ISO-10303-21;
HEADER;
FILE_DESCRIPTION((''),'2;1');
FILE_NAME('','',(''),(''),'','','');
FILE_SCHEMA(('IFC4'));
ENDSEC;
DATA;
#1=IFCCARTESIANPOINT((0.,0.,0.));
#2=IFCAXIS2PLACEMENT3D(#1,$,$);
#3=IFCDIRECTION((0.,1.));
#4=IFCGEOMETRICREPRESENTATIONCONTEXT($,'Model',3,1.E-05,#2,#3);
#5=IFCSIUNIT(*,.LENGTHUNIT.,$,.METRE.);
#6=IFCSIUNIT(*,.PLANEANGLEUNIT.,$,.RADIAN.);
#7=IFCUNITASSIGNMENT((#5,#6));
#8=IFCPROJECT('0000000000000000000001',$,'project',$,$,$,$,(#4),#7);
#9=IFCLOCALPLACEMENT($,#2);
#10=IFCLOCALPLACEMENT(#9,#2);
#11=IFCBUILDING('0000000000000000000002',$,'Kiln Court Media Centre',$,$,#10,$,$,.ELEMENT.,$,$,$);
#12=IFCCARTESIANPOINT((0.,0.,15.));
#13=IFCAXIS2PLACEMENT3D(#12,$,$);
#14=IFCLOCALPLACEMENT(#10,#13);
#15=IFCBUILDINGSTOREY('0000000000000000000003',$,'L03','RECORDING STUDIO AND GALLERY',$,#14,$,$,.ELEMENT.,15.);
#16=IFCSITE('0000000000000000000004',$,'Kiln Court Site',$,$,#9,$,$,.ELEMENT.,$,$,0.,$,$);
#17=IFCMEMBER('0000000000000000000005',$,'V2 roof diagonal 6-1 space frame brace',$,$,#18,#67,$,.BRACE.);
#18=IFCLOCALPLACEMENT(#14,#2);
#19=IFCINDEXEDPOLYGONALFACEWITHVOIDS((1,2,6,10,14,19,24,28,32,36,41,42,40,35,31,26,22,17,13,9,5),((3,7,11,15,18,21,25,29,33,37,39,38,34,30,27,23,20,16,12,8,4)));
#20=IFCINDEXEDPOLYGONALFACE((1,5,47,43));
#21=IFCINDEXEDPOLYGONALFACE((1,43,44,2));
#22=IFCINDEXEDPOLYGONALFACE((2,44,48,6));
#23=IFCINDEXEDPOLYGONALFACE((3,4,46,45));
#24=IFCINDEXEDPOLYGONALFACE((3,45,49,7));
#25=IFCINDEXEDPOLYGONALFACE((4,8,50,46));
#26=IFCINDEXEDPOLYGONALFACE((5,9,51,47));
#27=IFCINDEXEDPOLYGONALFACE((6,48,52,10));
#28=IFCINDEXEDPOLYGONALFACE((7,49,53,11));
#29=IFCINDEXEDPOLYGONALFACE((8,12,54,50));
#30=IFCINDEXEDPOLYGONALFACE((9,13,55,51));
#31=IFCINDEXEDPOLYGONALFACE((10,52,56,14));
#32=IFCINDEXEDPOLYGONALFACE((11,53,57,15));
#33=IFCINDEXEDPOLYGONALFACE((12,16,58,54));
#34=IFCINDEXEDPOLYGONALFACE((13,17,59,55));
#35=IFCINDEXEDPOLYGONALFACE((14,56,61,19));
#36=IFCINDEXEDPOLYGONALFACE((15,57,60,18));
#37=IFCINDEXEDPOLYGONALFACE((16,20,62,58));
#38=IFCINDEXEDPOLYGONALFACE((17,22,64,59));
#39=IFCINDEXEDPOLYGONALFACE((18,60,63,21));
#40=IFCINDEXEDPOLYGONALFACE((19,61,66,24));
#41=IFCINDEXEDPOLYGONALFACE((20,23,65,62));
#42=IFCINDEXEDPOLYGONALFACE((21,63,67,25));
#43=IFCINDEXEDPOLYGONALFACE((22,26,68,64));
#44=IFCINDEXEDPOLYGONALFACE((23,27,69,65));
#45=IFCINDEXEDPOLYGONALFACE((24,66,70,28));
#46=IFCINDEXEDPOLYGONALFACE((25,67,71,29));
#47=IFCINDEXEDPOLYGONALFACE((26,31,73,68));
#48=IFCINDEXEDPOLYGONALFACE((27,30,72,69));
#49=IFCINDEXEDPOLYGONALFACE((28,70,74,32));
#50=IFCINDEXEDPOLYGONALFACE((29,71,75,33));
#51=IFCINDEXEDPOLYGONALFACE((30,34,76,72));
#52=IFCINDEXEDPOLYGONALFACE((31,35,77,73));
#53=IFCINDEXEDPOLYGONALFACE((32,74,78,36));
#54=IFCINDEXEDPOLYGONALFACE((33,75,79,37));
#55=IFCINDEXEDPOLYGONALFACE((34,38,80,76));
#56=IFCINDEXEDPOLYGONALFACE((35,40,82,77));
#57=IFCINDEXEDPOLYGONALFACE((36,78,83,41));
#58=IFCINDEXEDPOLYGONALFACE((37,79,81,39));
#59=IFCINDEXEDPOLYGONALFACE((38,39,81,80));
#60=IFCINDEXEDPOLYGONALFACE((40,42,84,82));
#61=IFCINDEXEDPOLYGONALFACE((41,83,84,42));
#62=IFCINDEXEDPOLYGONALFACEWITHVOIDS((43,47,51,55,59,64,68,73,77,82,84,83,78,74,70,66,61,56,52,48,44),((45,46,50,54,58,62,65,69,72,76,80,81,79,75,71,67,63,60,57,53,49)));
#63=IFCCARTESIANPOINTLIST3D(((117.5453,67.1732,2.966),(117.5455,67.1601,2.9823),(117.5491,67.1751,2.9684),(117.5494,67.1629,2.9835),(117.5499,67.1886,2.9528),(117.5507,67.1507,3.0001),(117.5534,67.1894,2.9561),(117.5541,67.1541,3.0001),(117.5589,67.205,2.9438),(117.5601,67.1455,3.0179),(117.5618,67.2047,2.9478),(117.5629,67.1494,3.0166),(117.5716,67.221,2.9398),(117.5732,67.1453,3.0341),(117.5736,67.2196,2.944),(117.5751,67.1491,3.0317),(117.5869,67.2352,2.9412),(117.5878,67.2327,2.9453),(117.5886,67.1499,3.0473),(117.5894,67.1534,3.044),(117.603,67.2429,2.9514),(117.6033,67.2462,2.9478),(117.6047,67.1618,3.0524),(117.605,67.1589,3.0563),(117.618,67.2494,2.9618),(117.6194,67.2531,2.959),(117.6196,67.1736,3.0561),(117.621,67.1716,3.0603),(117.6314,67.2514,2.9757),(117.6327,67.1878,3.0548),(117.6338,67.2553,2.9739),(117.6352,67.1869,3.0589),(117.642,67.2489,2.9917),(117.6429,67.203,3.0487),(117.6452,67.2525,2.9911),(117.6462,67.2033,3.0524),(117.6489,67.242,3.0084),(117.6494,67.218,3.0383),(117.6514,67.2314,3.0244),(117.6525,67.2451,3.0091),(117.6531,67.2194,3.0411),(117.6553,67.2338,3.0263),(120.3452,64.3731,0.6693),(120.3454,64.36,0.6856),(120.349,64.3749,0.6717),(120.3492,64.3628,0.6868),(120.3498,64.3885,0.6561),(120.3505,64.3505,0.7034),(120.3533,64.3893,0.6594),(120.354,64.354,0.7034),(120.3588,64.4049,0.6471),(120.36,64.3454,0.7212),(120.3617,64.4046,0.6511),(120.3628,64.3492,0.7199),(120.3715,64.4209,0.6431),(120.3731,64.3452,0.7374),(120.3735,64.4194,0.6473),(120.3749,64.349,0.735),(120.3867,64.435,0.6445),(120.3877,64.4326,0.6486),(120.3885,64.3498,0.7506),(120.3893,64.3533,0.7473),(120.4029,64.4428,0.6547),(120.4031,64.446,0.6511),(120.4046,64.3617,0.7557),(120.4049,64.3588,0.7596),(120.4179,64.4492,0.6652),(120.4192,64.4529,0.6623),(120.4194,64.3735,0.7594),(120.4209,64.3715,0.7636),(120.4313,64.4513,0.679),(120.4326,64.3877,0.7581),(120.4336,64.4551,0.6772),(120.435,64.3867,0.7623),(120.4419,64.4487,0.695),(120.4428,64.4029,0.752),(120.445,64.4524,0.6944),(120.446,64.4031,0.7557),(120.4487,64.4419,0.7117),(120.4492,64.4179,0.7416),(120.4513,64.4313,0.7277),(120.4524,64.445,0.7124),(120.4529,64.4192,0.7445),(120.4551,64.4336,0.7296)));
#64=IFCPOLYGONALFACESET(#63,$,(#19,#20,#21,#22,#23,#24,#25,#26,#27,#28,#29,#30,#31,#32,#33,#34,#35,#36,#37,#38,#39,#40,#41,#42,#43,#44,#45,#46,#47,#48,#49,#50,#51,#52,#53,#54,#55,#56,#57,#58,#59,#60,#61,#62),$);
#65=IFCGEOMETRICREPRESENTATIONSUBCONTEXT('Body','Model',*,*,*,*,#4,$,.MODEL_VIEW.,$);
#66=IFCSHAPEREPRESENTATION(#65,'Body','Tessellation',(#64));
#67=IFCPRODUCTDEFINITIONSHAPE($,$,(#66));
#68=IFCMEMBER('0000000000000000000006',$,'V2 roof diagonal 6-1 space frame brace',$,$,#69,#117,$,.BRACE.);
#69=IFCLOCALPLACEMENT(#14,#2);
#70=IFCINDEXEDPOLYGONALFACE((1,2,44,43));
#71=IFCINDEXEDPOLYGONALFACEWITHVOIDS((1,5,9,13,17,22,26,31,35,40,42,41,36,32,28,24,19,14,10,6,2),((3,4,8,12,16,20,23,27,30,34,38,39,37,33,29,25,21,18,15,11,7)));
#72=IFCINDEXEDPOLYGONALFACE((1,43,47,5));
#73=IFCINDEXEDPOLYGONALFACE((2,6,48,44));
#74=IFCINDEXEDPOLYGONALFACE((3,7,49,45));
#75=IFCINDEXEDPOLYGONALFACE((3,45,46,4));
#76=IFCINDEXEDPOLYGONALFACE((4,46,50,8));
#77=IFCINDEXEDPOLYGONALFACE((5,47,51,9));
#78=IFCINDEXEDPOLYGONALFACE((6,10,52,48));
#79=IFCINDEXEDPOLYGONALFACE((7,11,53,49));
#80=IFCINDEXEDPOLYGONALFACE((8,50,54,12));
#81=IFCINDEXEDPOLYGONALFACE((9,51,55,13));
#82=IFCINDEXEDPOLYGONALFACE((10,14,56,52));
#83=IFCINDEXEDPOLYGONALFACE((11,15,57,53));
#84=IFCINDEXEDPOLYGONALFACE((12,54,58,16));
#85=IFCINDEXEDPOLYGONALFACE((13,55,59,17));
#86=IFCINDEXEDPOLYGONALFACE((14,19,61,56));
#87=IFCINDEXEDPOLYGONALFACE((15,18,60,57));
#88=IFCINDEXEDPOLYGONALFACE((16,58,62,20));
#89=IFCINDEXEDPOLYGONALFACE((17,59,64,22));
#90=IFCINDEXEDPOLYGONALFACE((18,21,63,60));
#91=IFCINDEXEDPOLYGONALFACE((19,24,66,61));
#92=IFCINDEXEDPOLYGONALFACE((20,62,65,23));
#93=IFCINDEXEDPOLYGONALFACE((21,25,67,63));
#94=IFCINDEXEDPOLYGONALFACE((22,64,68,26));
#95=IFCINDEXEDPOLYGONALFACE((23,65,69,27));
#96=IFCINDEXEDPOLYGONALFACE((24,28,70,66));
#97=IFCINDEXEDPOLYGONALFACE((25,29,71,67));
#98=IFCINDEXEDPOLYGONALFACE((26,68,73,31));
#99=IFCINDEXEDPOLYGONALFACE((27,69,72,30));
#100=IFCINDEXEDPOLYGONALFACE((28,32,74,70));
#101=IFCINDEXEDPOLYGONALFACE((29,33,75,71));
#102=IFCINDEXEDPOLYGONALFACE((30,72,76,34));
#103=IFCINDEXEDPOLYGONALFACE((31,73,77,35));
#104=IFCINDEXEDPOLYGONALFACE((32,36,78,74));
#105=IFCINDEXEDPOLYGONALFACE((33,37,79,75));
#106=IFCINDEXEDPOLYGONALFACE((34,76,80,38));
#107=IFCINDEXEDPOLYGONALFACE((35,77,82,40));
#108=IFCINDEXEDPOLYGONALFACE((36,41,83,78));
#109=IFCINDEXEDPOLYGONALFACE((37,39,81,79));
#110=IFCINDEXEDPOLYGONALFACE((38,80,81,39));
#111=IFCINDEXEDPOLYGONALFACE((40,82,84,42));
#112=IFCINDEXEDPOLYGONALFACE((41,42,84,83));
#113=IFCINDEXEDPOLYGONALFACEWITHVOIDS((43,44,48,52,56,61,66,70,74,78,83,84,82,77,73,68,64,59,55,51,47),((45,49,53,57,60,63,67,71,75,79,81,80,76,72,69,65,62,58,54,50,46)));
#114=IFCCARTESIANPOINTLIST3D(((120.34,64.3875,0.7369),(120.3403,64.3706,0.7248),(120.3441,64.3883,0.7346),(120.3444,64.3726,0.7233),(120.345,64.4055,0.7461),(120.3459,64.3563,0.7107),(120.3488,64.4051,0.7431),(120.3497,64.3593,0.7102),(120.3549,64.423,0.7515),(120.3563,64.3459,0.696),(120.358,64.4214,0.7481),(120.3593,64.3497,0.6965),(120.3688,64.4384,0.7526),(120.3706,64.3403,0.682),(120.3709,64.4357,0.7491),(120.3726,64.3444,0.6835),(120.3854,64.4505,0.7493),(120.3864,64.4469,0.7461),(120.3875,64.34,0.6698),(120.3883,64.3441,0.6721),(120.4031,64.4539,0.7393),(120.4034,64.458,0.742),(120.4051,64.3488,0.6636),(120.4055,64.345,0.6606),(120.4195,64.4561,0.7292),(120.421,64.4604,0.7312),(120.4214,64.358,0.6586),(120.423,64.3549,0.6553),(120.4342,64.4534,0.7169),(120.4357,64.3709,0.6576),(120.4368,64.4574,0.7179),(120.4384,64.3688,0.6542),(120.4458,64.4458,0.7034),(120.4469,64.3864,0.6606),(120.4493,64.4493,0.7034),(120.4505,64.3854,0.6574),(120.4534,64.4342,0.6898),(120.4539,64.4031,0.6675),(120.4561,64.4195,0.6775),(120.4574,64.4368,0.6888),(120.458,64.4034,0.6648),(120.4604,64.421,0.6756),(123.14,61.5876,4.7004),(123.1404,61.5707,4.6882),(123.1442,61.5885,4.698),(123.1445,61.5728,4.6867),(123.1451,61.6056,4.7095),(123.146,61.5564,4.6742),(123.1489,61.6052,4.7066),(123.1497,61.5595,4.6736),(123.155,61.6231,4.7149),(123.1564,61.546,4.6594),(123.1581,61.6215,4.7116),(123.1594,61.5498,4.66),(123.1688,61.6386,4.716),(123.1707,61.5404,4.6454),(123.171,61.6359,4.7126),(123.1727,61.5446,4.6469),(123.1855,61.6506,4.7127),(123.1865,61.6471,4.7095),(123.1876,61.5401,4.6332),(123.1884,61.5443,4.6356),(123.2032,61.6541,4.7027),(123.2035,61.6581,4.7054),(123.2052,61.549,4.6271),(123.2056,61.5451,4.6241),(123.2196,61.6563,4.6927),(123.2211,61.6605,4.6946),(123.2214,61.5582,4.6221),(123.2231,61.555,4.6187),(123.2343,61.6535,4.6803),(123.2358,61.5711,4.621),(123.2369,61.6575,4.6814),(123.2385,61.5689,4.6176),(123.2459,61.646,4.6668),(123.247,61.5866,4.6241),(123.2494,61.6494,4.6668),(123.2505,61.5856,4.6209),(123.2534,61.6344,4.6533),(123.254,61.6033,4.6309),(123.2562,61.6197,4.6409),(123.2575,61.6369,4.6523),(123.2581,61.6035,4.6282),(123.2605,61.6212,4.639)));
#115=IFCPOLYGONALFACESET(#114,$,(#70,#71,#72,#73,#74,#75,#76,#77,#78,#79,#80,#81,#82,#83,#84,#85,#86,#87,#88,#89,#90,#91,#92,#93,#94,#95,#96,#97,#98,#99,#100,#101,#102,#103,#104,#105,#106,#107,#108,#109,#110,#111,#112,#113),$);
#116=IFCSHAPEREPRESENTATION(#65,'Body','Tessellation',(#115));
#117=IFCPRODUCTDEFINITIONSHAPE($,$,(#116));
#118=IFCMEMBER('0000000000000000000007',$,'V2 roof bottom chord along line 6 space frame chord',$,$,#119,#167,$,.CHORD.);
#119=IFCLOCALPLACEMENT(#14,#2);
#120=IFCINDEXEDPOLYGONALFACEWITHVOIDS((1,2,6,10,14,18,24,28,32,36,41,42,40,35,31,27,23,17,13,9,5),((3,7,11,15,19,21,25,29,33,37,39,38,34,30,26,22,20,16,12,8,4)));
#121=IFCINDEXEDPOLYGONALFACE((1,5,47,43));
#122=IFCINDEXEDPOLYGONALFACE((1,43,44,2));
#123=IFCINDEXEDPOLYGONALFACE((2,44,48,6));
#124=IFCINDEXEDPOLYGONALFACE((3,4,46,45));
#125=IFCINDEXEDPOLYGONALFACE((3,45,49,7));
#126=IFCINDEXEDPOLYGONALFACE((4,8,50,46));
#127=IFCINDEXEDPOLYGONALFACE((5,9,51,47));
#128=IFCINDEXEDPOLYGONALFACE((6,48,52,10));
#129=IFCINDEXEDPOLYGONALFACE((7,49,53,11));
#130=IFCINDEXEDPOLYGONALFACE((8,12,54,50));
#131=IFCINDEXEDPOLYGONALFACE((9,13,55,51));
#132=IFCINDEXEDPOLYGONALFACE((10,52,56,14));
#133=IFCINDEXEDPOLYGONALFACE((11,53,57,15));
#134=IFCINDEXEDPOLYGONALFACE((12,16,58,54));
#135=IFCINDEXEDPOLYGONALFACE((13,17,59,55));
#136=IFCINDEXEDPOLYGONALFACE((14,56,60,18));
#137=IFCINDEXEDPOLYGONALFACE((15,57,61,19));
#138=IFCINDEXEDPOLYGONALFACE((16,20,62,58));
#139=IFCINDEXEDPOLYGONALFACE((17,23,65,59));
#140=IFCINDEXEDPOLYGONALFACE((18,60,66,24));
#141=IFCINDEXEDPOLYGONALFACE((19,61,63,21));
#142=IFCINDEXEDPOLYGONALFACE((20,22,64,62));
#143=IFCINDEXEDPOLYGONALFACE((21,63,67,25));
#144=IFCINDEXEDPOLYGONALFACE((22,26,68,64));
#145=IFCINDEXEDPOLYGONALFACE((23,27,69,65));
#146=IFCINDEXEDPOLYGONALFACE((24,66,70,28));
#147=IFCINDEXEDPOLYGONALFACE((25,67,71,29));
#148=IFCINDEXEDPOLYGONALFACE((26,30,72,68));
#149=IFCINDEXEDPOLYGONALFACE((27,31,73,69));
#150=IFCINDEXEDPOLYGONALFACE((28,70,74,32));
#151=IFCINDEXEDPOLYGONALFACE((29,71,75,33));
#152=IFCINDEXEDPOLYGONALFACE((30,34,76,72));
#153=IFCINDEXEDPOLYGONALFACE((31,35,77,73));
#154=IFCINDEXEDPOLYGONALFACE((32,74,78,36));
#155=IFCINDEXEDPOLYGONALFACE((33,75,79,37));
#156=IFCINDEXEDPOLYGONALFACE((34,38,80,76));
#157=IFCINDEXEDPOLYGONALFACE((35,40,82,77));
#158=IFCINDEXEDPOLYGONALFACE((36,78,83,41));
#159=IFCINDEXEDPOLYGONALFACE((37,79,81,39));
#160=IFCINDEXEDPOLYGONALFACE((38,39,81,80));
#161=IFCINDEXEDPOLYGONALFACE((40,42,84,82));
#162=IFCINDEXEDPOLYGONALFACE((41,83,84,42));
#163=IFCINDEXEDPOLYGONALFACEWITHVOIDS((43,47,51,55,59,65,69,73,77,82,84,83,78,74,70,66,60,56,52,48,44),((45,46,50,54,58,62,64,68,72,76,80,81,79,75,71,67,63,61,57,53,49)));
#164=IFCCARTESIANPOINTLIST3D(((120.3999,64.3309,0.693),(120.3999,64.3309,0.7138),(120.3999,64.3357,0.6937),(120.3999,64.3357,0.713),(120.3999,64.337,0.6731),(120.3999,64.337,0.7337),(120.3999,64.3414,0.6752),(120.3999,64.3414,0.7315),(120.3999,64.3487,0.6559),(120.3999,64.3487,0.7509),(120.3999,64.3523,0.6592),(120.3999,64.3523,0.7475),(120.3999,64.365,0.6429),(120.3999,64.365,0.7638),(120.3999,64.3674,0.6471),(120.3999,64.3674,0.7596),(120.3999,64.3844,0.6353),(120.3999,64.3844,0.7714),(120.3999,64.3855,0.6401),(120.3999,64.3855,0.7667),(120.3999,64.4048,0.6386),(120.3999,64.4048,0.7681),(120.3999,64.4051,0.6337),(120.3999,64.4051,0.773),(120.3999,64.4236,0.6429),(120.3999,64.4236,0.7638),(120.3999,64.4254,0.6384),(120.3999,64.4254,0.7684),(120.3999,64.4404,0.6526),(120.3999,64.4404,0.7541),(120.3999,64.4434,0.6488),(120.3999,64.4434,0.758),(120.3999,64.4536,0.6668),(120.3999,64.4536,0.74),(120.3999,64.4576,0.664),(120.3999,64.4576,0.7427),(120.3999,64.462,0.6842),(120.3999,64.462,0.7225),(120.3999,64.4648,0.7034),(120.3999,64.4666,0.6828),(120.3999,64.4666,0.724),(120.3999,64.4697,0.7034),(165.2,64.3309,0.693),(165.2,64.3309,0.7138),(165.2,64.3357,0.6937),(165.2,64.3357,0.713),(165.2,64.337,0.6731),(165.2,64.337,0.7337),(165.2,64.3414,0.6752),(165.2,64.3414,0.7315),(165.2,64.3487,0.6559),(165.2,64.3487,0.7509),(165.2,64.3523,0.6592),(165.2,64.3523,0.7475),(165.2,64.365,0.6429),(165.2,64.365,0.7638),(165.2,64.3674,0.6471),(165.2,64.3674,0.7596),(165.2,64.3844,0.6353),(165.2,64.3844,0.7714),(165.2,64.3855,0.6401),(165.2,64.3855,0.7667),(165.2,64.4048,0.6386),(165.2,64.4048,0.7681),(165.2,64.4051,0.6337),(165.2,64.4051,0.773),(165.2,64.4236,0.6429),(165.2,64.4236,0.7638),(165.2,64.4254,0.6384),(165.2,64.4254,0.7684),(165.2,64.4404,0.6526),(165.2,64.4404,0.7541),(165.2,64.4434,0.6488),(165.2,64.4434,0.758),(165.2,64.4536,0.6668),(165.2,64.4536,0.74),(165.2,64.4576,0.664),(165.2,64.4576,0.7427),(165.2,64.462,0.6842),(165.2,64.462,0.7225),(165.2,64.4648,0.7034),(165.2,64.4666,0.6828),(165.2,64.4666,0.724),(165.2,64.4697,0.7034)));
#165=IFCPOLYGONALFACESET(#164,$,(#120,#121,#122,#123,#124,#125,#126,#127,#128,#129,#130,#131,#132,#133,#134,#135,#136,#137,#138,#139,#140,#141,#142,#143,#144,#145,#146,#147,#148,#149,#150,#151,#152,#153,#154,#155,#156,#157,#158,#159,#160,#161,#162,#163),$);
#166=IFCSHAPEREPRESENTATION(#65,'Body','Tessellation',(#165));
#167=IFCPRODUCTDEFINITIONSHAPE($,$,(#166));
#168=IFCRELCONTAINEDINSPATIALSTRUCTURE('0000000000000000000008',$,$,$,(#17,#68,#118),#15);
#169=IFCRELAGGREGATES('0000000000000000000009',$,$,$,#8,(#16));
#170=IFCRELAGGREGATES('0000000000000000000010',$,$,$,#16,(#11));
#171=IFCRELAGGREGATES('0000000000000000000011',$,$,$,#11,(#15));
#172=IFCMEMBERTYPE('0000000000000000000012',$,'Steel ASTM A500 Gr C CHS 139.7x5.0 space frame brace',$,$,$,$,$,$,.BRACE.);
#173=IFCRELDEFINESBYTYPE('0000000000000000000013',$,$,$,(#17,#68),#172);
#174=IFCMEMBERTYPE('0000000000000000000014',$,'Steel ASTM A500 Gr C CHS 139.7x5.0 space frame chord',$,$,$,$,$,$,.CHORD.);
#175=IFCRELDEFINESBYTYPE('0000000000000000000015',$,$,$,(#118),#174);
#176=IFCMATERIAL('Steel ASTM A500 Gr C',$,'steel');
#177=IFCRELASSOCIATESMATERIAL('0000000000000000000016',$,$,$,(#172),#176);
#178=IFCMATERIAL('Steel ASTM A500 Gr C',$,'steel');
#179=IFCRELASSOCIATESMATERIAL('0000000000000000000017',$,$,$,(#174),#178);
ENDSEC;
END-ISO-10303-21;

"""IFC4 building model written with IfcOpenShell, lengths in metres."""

from ifc_helpers import new_model, si_unit, direction, frame, origin, origin_2d, place, context, subcontext, project, spatial, hollow_circle, extrude, material, material_profile, profile_set, type_object, element, save


model = new_model("IFC4")

# Units and contexts
model_context = context("Model", 3, precision=1e-05, world=origin(), true_north=direction((0.0, 1.0)))
body_context = subcontext(model_context, "Body", "Model", "MODEL_VIEW")
ifc_project = project(units=[si_unit("LENGTHUNIT", "METRE"), si_unit("PLANEANGLEUNIT", "RADIAN")], contexts=[model_context])

# Site, building, storey
site_placement = place(None, origin())
site = spatial("IfcSite", under=ifc_project, at=site_placement, Name="Kiln Court Site", CompositionType="ELEMENT", RefElevation=0.0)
building_placement = place(site_placement, origin())
building = spatial("IfcBuilding", under=site, at=building_placement, Name="Kiln Court Media Centre", CompositionType="ELEMENT")
storey_placement = place(building_placement, frame((0.0, 0.0, 15.0)))
storey = spatial("IfcBuildingStorey", under=building, at=storey_placement, Name="L03", Description="RECORDING STUDIO AND GALLERY", CompositionType="ELEMENT", Elevation=15.0)

# Members
ifc_material_1 = material(Name="Steel ASTM A500 Gr C", Category="steel")
ifc_material_profile_1 = material_profile(ifc_material_1, hollow_circle(Radius=0.0698, WallThickness=0.0049, at=origin_2d()), Name="CHS 139.7x5.0")
ifc_profile_set_1 = profile_set([ifc_material_profile_1], Name="Steel ASTM A500 Gr C")
member_type_1 = type_object("IfcMemberType", Name="Steel ASTM A500 Gr C CHS 139.7x5.0 space frame brace", PredefinedType="BRACE", material=ifc_profile_set_1)
member_1_placement = place(storey_placement, frame((120.3999, 64.3999, 0.7034), z_axis=(-0.611642, 0.611696, 0.501719), x_axis=(-0.707138, -0.707076, 0.0)))
element("IfcMember", 1, at=member_1_placement, inside=storey, type_object=member_type_1, Name="V2 roof diagonal 6-1 space frame brace", PredefinedType="BRACE", context=body_context, shape_type="SweptSolid", body=[
    extrude(hollow_circle(Radius=0.0698, WallThickness=0.0049, at=origin_2d()), origin(), (0.0, 0.0, 1.0), 4.5776),
])
member_2_placement = place(storey_placement, frame((120.3999, 64.3999, 0.7034), z_axis=(0.499789, -0.499746, 0.707436), x_axis=(0.707076, 0.707138, 0.0)))
element("IfcMember", 2, at=member_2_placement, inside=storey, type_object=member_type_1, Name="V2 roof diagonal 6-1 space frame brace", PredefinedType="BRACE", context=body_context, shape_type="SweptSolid", body=[
    extrude(hollow_circle(Radius=0.0698, WallThickness=0.0049, at=origin_2d()), origin(), (0.0, 0.0, 1.0), 5.6025),
])
ifc_material_2 = material(Name="Steel ASTM A500 Gr C", Category="steel")
ifc_material_profile_2 = material_profile(ifc_material_2, hollow_circle(Radius=0.0698, WallThickness=0.0049, at=origin_2d()), Name="CHS 139.7x5.0")
ifc_profile_set_2 = profile_set([ifc_material_profile_2], Name="Steel ASTM A500 Gr C")
member_type_2 = type_object("IfcMemberType", Name="Steel ASTM A500 Gr C CHS 139.7x5.0 space frame chord", PredefinedType="CHORD", material=ifc_profile_set_2)
member_3_placement = place(storey_placement, frame((120.3999, 64.3999, 0.7034), z_axis=(1.0, 0.0, 0.0), x_axis=(0.0, 1.0, 0.0)))
element("IfcMember", 3, at=member_3_placement, inside=storey, type_object=member_type_2, Name="V2 roof bottom chord along line 6 space frame chord", PredefinedType="CHORD", context=body_context, shape_type="SweptSolid", body=[
    extrude(hollow_circle(Radius=0.0698, WallThickness=0.0049, at=origin_2d()), origin(), (0.0, 0.0, 1.0), 44.8),
])

save(model, "model.ifc")
